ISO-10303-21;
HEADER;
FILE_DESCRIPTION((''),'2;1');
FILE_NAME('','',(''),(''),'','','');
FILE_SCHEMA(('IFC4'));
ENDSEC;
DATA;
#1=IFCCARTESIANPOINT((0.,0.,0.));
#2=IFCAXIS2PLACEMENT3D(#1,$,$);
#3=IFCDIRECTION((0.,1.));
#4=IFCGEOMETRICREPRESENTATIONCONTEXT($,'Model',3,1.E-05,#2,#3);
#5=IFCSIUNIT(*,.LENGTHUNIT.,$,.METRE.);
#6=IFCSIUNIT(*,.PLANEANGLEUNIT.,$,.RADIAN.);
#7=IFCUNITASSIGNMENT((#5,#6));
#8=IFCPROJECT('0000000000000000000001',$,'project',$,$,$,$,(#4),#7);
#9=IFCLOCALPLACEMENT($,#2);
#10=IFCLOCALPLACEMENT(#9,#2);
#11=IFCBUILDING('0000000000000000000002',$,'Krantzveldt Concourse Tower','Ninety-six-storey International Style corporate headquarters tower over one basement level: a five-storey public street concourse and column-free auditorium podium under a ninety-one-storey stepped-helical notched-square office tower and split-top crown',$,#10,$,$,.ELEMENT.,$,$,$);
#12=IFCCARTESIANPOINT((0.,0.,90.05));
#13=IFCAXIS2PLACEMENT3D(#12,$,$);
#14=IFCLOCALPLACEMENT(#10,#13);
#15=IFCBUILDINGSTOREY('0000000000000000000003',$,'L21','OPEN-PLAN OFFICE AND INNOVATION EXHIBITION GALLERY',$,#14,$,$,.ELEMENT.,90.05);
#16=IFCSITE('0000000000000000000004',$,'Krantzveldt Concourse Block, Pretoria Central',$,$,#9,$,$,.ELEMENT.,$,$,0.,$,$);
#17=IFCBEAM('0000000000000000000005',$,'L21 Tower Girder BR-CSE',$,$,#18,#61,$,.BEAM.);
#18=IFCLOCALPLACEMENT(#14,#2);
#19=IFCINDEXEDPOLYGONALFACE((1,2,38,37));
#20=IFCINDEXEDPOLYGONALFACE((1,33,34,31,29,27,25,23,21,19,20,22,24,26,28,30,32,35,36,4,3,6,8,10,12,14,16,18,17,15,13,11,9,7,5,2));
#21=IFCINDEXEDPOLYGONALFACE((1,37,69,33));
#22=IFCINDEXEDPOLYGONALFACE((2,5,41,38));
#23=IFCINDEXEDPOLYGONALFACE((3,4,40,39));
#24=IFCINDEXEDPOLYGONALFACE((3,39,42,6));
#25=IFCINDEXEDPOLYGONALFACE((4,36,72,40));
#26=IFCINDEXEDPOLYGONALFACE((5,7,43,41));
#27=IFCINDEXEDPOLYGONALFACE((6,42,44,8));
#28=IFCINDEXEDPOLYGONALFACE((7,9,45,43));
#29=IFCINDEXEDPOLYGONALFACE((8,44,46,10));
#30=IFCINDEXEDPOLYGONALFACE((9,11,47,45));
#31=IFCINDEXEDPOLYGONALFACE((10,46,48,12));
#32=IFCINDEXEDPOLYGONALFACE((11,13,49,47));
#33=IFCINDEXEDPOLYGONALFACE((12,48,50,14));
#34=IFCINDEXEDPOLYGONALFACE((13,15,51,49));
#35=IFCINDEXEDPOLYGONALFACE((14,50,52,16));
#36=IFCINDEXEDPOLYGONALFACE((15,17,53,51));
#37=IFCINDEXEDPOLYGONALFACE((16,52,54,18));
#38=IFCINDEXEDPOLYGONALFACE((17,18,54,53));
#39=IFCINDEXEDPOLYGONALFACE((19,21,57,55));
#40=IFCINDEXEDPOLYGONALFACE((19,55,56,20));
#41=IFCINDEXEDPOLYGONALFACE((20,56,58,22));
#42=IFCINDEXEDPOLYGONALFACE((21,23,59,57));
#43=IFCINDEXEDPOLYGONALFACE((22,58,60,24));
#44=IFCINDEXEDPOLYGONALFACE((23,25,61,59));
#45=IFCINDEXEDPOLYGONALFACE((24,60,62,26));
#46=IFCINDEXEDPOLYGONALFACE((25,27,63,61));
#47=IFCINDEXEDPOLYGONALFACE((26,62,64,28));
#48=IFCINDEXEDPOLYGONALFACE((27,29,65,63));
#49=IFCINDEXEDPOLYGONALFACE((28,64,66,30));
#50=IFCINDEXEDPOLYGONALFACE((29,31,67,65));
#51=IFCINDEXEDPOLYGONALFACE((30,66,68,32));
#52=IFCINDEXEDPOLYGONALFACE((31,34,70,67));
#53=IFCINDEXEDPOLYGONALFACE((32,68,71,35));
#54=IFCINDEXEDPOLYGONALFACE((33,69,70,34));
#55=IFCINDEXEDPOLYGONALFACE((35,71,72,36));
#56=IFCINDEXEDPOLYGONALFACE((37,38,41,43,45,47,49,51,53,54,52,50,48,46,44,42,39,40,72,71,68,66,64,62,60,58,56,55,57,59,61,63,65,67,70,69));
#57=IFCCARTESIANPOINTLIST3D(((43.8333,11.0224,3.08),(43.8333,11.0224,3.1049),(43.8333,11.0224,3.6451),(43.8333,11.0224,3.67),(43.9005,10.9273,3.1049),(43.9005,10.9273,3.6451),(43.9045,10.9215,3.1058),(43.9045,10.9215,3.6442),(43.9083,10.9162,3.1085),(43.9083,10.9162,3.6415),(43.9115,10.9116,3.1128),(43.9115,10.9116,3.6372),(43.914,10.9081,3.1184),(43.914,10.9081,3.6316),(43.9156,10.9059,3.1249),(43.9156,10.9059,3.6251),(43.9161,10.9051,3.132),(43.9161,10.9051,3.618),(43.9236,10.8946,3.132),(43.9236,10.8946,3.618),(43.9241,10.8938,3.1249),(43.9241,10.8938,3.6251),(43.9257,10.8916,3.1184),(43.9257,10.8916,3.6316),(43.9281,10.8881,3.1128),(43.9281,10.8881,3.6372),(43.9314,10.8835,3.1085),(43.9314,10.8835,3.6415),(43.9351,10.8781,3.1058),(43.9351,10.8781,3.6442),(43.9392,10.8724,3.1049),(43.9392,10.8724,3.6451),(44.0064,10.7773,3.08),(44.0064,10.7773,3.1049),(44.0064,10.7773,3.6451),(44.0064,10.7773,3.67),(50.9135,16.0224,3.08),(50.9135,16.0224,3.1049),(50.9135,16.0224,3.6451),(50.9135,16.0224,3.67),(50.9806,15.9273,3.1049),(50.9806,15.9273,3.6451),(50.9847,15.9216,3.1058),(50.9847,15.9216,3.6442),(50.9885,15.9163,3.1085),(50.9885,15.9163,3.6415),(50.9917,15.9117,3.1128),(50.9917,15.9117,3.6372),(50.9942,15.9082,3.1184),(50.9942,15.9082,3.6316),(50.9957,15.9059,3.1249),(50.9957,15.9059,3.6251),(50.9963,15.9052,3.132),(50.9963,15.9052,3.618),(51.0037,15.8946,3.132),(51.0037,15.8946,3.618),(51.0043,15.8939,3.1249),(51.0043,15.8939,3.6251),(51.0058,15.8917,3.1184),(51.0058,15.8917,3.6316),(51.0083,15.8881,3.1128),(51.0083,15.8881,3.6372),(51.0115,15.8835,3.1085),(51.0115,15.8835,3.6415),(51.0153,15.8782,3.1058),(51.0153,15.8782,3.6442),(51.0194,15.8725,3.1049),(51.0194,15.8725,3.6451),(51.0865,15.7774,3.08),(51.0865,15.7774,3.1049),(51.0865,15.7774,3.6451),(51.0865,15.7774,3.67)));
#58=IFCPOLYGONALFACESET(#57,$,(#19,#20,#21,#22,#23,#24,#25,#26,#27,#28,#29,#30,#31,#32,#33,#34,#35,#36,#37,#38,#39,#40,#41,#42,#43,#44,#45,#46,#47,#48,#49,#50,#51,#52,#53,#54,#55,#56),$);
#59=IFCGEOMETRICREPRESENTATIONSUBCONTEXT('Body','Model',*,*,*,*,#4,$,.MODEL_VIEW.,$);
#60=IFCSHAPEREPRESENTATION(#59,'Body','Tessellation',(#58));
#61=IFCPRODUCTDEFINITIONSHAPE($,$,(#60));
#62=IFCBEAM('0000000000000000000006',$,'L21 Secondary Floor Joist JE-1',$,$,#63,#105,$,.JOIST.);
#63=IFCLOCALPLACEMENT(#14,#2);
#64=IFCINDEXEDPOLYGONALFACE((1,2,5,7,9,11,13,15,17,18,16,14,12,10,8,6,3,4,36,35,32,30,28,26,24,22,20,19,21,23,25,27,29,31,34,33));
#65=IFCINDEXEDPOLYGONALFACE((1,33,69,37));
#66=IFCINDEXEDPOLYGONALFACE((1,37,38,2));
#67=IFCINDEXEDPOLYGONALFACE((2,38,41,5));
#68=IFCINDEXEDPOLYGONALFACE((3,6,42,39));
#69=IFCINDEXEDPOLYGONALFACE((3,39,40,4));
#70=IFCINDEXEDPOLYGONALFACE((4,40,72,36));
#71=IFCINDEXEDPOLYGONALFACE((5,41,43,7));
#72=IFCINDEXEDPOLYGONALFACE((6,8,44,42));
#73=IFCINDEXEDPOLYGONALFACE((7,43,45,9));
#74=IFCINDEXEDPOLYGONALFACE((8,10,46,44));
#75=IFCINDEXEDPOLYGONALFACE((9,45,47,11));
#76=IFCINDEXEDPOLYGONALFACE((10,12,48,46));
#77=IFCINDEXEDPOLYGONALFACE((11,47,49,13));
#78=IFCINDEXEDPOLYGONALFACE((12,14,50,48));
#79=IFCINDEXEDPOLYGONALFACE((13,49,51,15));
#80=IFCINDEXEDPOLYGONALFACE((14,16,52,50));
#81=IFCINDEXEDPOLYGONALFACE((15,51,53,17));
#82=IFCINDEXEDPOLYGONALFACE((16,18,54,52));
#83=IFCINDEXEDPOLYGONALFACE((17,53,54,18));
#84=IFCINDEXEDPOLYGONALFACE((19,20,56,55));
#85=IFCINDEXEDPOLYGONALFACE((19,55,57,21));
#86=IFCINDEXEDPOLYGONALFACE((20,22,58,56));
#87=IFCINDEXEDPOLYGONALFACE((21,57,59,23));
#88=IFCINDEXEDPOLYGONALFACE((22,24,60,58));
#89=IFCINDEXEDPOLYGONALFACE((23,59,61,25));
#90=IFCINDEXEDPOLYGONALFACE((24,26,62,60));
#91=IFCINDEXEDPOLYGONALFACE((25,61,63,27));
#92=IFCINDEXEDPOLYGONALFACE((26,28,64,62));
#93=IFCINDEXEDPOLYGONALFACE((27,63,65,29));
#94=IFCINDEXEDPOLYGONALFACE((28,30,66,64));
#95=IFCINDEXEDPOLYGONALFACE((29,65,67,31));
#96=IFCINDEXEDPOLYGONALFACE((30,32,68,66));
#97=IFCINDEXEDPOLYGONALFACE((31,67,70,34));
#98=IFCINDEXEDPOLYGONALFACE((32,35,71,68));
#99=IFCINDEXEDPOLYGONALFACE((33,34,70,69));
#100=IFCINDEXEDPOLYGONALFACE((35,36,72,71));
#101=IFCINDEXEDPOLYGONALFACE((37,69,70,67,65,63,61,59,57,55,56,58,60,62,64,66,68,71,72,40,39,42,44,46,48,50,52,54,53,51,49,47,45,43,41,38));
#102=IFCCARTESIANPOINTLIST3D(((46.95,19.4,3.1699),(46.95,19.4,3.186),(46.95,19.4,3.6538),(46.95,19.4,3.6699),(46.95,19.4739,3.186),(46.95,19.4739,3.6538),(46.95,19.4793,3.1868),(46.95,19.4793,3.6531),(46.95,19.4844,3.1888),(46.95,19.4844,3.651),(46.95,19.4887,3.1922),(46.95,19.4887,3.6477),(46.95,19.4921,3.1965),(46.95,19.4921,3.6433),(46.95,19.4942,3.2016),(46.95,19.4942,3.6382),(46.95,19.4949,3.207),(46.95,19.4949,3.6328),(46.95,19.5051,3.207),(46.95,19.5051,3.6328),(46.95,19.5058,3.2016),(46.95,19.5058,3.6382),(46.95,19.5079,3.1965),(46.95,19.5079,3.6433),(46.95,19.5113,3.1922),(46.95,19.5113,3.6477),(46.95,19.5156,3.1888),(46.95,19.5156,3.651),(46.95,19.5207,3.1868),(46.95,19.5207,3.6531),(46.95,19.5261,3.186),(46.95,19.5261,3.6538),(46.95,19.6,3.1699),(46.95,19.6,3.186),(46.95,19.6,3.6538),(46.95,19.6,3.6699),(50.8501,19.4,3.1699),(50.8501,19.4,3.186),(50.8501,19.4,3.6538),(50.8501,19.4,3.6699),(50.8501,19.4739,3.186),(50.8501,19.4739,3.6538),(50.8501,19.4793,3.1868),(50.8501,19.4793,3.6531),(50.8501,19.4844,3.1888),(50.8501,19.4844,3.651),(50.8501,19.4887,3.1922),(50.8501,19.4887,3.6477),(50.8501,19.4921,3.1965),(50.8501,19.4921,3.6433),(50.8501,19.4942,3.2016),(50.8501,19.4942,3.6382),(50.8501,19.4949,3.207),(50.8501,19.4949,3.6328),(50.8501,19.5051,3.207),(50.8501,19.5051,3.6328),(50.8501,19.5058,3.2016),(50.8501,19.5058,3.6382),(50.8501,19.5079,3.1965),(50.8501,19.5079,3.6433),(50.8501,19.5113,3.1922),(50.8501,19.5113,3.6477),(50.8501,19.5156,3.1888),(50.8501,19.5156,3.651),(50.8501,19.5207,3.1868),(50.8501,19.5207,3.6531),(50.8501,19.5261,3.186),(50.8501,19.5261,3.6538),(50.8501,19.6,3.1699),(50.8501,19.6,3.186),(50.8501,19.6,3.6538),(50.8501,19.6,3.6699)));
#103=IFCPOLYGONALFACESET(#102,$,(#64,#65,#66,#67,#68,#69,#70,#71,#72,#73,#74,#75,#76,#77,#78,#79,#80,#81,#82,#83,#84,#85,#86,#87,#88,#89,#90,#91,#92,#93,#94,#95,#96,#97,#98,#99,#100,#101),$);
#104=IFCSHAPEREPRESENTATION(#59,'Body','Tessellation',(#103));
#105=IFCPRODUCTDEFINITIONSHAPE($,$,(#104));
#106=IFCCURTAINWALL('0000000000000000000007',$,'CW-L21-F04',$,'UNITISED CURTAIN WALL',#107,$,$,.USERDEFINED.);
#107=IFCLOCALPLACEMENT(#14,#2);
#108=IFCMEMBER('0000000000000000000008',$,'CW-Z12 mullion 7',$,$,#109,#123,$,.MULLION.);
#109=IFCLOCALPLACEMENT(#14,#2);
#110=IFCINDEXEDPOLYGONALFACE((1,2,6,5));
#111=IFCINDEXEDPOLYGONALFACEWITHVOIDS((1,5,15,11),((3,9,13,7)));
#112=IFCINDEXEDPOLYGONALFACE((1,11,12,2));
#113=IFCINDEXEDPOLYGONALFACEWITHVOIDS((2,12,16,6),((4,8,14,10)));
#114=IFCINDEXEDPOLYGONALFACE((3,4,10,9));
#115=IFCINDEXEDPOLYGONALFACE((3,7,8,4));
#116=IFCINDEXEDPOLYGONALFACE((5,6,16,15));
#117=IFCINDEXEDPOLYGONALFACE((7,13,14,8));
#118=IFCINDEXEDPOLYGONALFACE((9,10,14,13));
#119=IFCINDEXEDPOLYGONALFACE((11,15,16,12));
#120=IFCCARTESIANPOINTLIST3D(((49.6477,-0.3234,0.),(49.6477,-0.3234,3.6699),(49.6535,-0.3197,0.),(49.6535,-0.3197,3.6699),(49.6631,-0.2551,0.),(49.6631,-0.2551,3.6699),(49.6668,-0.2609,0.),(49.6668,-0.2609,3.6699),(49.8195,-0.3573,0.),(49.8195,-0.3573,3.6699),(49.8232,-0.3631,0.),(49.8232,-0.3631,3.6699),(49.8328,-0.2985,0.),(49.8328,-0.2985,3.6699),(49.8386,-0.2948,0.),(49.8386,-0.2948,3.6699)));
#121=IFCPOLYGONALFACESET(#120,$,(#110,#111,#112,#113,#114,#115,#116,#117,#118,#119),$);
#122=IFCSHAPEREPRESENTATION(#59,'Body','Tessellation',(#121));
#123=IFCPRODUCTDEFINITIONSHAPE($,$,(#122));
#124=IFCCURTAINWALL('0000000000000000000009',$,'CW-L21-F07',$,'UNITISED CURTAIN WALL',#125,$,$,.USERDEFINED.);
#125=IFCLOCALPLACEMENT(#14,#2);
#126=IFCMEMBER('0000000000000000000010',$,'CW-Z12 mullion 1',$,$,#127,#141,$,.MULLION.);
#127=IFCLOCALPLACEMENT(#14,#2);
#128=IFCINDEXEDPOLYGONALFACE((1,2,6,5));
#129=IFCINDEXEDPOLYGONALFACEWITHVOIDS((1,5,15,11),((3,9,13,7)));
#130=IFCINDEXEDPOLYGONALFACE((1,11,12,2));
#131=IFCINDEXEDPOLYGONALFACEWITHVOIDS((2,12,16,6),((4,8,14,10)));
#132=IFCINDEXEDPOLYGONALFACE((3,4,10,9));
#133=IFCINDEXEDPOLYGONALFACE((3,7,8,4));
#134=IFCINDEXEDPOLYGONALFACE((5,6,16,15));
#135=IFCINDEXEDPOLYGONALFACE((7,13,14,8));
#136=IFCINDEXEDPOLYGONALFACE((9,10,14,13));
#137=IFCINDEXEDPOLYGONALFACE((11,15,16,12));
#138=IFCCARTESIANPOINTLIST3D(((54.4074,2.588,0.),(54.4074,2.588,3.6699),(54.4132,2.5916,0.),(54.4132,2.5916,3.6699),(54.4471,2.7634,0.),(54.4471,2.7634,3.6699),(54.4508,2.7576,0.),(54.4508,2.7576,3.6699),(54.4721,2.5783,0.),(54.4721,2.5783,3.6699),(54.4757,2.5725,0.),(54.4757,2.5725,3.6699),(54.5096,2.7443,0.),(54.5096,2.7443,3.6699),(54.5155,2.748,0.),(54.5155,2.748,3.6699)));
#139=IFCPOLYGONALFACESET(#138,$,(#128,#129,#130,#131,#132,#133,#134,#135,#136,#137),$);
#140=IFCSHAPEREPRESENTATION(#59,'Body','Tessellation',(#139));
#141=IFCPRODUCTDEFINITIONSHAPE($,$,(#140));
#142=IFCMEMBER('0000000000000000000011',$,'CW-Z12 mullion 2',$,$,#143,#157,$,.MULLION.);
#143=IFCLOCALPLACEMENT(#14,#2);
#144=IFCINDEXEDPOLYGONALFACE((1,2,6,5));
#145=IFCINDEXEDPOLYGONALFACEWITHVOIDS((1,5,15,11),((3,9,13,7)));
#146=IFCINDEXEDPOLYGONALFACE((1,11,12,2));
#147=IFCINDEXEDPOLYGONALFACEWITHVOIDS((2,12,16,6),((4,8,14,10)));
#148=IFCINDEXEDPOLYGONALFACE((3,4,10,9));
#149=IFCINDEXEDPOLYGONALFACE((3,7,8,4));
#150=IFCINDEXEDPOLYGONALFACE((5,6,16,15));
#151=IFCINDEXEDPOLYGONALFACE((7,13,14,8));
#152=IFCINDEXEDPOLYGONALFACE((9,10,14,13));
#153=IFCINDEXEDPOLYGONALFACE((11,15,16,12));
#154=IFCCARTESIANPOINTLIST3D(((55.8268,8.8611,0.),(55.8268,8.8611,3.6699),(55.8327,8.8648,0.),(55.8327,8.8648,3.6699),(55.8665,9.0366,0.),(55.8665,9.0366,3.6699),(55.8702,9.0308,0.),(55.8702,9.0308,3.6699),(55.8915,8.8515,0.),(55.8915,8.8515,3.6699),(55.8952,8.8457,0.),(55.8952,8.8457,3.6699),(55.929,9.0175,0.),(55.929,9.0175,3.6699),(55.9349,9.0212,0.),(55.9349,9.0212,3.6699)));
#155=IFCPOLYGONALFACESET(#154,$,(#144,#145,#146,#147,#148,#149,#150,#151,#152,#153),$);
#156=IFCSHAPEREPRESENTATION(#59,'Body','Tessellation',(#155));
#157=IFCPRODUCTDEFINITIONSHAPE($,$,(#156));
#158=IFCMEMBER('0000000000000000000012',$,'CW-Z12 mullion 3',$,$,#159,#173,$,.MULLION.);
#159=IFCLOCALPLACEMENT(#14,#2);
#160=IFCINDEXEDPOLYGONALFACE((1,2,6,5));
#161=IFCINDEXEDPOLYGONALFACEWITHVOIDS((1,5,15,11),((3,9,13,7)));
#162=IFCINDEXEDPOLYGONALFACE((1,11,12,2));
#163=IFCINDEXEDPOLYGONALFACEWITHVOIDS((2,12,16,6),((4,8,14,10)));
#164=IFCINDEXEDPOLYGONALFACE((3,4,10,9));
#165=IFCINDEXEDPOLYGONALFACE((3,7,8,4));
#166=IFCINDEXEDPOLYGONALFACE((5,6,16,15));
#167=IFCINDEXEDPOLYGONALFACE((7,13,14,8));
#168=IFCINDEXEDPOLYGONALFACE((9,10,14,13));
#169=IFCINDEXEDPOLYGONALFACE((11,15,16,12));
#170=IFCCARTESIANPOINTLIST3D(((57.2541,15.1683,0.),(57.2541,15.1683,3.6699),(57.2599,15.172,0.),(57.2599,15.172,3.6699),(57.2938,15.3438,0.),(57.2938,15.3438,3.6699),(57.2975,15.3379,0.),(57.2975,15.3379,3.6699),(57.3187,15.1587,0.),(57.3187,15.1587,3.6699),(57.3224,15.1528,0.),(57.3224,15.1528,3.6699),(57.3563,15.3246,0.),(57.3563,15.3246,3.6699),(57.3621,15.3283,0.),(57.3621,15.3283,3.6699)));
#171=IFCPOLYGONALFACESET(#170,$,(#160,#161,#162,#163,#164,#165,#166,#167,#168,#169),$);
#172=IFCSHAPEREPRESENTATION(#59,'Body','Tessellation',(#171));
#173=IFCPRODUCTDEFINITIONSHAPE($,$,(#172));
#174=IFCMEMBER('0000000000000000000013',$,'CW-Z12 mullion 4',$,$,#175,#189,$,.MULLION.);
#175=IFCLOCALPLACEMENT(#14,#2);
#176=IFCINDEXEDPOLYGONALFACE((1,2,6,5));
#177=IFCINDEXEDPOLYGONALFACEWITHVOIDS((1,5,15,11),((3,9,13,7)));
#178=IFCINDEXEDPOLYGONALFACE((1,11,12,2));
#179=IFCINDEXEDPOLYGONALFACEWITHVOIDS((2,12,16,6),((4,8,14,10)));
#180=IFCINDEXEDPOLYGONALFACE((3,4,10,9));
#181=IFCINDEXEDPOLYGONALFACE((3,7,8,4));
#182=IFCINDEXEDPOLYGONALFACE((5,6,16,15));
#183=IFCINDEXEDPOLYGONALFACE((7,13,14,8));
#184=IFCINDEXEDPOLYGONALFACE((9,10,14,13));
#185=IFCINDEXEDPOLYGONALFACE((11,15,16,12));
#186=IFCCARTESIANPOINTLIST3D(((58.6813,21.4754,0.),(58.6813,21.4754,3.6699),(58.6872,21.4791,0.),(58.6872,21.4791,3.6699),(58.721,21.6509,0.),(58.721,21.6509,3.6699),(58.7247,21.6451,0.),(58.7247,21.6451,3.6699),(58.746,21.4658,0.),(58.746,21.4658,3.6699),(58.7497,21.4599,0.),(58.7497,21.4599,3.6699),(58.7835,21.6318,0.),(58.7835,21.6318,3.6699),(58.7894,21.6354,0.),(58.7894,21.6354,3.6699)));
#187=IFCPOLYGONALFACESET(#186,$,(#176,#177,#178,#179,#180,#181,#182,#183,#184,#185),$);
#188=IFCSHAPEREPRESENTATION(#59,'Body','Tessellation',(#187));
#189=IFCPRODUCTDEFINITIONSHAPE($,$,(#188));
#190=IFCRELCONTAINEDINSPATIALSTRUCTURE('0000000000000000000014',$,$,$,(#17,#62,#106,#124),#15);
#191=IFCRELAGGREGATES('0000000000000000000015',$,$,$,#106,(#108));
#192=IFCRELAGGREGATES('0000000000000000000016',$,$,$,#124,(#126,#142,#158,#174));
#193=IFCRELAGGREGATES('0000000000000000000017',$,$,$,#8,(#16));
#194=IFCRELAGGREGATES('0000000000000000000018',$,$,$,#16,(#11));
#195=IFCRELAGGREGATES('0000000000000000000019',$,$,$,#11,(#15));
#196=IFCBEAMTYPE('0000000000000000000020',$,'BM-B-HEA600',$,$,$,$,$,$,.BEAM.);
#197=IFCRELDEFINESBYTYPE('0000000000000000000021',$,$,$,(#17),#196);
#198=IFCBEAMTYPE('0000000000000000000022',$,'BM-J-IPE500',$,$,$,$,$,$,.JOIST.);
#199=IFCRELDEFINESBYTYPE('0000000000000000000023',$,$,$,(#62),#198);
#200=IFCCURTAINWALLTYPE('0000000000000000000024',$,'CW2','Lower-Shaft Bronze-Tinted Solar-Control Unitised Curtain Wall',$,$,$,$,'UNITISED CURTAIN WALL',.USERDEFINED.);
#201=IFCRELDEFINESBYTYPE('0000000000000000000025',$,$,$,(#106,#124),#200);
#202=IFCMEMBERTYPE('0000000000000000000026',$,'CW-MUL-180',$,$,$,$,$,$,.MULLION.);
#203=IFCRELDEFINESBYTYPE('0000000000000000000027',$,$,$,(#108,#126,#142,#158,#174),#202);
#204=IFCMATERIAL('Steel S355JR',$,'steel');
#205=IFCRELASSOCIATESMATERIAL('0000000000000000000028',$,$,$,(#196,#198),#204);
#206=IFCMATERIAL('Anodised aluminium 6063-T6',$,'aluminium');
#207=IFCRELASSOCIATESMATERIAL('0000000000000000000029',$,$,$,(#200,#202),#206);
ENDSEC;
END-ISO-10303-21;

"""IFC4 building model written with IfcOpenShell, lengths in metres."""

from ifc_helpers import new_model, si_unit, direction, frame, origin, origin_2d, place, context, subcontext, project, spatial, hollow_rectangle, i_section, extrude, source, transform, mapped, material, material_profile, profile_set, type_object, type_shapes, element, aggregate, save


model = new_model("IFC4")

# Units and contexts
model_context = context("Model", 3, precision=1e-05, world=origin(), true_north=direction((0.0, 1.0)))
body_context = subcontext(model_context, "Body", "Model", "MODEL_VIEW")
ifc_project = project(units=[si_unit("LENGTHUNIT", "METRE"), si_unit("PLANEANGLEUNIT", "RADIAN")], contexts=[model_context])

# Site, building, storey
site_placement = place(None, origin())
site = spatial("IfcSite", under=ifc_project, at=site_placement, Name="Krantzveldt Concourse Block, Pretoria Central", CompositionType="ELEMENT", RefElevation=0.0)
building_placement = place(site_placement, origin())
building = spatial("IfcBuilding", under=site, at=building_placement, Name="Krantzveldt Concourse Tower", Description="Ninety-six-storey International Style corporate headquarters tower over one basement level: a five-storey public street concourse and column-free auditorium podium under a ninety-one-storey stepped-helical notched-square office tower and split-top crown", CompositionType="ELEMENT")
storey_placement = place(building_placement, frame((0.0, 0.0, 90.05)))
storey = spatial("IfcBuildingStorey", under=building, at=storey_placement, Name="L21", Description="OPEN-PLAN OFFICE AND INNOVATION EXHIBITION GALLERY", CompositionType="ELEMENT", Elevation=90.05)

# Beams
ifc_material_1 = material(Name="Steel S355JR", Category="steel")
ifc_material_profile_1 = material_profile(ifc_material_1, i_section(OverallWidth=0.3, OverallDepth=0.5901, WebThickness=0.0129, FlangeThickness=0.0249, FilletRadius=0.0271, at=origin_2d()), Name="Steel S355JR", Category="steel")
ifc_profile_set_1 = profile_set([ifc_material_profile_1], Name="Steel S355JR - HEA 600")
beam_type_1 = type_object("IfcBeamType", Name="BM-B-HEA600", PredefinedType="BEAM", material=ifc_profile_set_1)
shared_shape_1 = source(origin(), body_context, "Body", "SweptSolid", [
    extrude(i_section(OverallWidth=0.3, OverallDepth=0.5901, WebThickness=0.0129, FlangeThickness=0.0249, FilletRadius=0.0271, at=origin_2d()), origin(), (0.0, 0.0, 1.0), 8.6677),
])
beam_1_placement = place(storey_placement, frame((51.0, 15.8999, 3.375), z_axis=(-0.816843, -0.57686, 0.0), x_axis=(0.57686, -0.816843, 0.0)))
element("IfcBeam", 1, at=beam_1_placement, inside=storey, type_object=beam_type_1, Name="L21 Tower Girder BR-CSE", PredefinedType="BEAM", context=body_context, shape_type="MappedRepresentation", body=[
    mapped(shared_shape_1, transform((0.0, 0.0, 0.0), x_axis=(1.0, 0.0, 0.0), y_axis=(0.0, 1.0, 0.0), z_axis=(0.0, 0.0, 1.0), scale=1.0)),
])
ifc_material_profile_2 = material_profile(ifc_material_1, i_section(OverallWidth=0.2, OverallDepth=0.5, WebThickness=0.0103, FlangeThickness=0.0161, FilletRadius=0.021, at=origin_2d()), Name="Steel S355JR", Category="steel")
ifc_profile_set_2 = profile_set([ifc_material_profile_2], Name="Steel S355JR - IPE 500")
beam_type_2 = type_object("IfcBeamType", Name="BM-J-IPE500", PredefinedType="JOIST", material=ifc_profile_set_2)
shared_shape_2 = source(origin(), body_context, "Body", "SweptSolid", [
    extrude(i_section(OverallWidth=0.2, OverallDepth=0.5, WebThickness=0.0103, FlangeThickness=0.0161, FilletRadius=0.021, at=origin_2d()), origin(), (0.0, 0.0, 1.0), 3.9001),
])
type_shapes(beam_type_2, [shared_shape_2])
beam_2_placement = place(storey_placement, frame((46.95, 19.5, 3.4199), z_axis=(1.0, 0.0, 0.0), x_axis=(0.0, 1.0, 0.0)))
element("IfcBeam", 2, at=beam_2_placement, inside=storey, type_object=beam_type_2, Name="L21 Secondary Floor Joist JE-1", PredefinedType="JOIST", context=body_context, shape_type="MappedRepresentation", body=[
    mapped(shared_shape_2, transform((0.0, 0.0, 0.0), x_axis=(1.0, 0.0, 0.0), y_axis=(0.0, 1.0, 0.0), z_axis=(0.0, 0.0, 1.0), scale=1.0)),
])

# Curtain wall, member
ifc_material_2 = material(Name="Anodised aluminium 6063-T6", Category="aluminium")
curtain_wall_type = type_object("IfcCurtainWallType", Name="CW2", Description="Lower-Shaft Bronze-Tinted Solar-Control Unitised Curtain Wall", ElementType="UNITISED CURTAIN WALL", PredefinedType="USERDEFINED", material=ifc_material_2)
curtain_wall_1_placement = place(storey_placement, origin())
curtain_wall_1 = element("IfcCurtainWall", 3, at=curtain_wall_1_placement, inside=storey, type_object=curtain_wall_type, Name="CW-L21-F04", ObjectType="UNITISED CURTAIN WALL", PredefinedType="USERDEFINED")
ifc_material_profile_3 = material_profile(ifc_material_2, hollow_rectangle(XDim=0.0701, YDim=0.1799, WallThickness=0.0049, at=origin_2d()), Name="Anodised aluminium 6063-T6", Category="aluminium")
ifc_profile_set_3 = profile_set([ifc_material_profile_3], Name="Anodised aluminium 6063-T6 - ALU-MULL 180x70x5")
member_type_1 = type_object("IfcMemberType", Name="CW-MUL-180", PredefinedType="MULLION", material=ifc_profile_set_3)
shared_shape_3 = source(origin(), body_context, "Body", "SweptSolid", [
    extrude(hollow_rectangle(XDim=0.0701, YDim=0.1799, WallThickness=0.0049, at=origin_2d()), origin(), (0.0, 0.0, 1.0), 3.6699),
])
type_shapes(member_type_1, [shared_shape_3])
member_1_placement = place(storey_placement, frame((49.7432, -0.3091, 0.0), z_axis=(0.0, 0.0, 1.0), x_axis=(0.220697, 0.975342, 0.0)))
member_1 = element("IfcMember", 4, at=member_1_placement, type_object=member_type_1, Name="CW-Z12 mullion 7", PredefinedType="MULLION", context=body_context, shape_type="MappedRepresentation", body=[
    mapped(shared_shape_3, transform((0.0, 0.0, 0.0), x_axis=(1.0, 0.0, 0.0), y_axis=(0.0, 1.0, 0.0), z_axis=(0.0, 0.0, 1.0), scale=1.0)),
])

# Curtain wall, members
curtain_wall_2_placement = place(storey_placement, origin())
curtain_wall_2 = element("IfcCurtainWall", 5, at=curtain_wall_2_placement, inside=storey, type_object=curtain_wall_type, Name="CW-L21-F07", ObjectType="UNITISED CURTAIN WALL", PredefinedType="USERDEFINED")
member_2_placement = place(storey_placement, frame((54.4614, 2.668, 0.0), z_axis=(0.0, 0.0, 1.0), x_axis=(-0.975342, 0.220697, 0.0)))
member_2 = element("IfcMember", 6, at=member_2_placement, type_object=member_type_1, Name="CW-Z12 mullion 1", PredefinedType="MULLION", context=body_context, shape_type="MappedRepresentation", body=[
    mapped(shared_shape_3, transform((0.0, 0.0, 0.0), x_axis=(1.0, 0.0, 0.0), y_axis=(0.0, 1.0, 0.0), z_axis=(0.0, 0.0, 1.0), scale=1.0)),
])
member_3_placement = place(storey_placement, frame((55.8809, 8.9412, 0.0), z_axis=(0.0, 0.0, 1.0), x_axis=(-0.975342, 0.220697, 0.0)))
member_3 = element("IfcMember", 7, at=member_3_placement, type_object=member_type_1, Name="CW-Z12 mullion 2", PredefinedType="MULLION", context=body_context, shape_type="MappedRepresentation", body=[
    mapped(shared_shape_3, transform((0.0, 0.0, 0.0), x_axis=(1.0, 0.0, 0.0), y_axis=(0.0, 1.0, 0.0), z_axis=(0.0, 0.0, 1.0), scale=1.0)),
])
member_4_placement = place(storey_placement, frame((57.3081, 15.2483, 0.0), z_axis=(0.0, 0.0, 1.0), x_axis=(-0.975342, 0.220697, 0.0)))
member_4 = element("IfcMember", 8, at=member_4_placement, type_object=member_type_1, Name="CW-Z12 mullion 3", PredefinedType="MULLION", context=body_context, shape_type="MappedRepresentation", body=[
    mapped(shared_shape_3, transform((0.0, 0.0, 0.0), x_axis=(1.0, 0.0, 0.0), y_axis=(0.0, 1.0, 0.0), z_axis=(0.0, 0.0, 1.0), scale=1.0)),
])
member_5_placement = place(storey_placement, frame((58.7354, 21.5554, 0.0), z_axis=(0.0, 0.0, 1.0), x_axis=(-0.975342, 0.220697, 0.0)))
member_5 = element("IfcMember", 9, at=member_5_placement, type_object=member_type_1, Name="CW-Z12 mullion 4", PredefinedType="MULLION", context=body_context, shape_type="MappedRepresentation", body=[
    mapped(shared_shape_3, transform((0.0, 0.0, 0.0), x_axis=(1.0, 0.0, 0.0), y_axis=(0.0, 1.0, 0.0), z_axis=(0.0, 0.0, 1.0), scale=1.0)),
])

aggregate(curtain_wall_1, [member_1])
aggregate(curtain_wall_2, [member_2, member_3, member_4, member_5])

save(model, "model.ifc")
